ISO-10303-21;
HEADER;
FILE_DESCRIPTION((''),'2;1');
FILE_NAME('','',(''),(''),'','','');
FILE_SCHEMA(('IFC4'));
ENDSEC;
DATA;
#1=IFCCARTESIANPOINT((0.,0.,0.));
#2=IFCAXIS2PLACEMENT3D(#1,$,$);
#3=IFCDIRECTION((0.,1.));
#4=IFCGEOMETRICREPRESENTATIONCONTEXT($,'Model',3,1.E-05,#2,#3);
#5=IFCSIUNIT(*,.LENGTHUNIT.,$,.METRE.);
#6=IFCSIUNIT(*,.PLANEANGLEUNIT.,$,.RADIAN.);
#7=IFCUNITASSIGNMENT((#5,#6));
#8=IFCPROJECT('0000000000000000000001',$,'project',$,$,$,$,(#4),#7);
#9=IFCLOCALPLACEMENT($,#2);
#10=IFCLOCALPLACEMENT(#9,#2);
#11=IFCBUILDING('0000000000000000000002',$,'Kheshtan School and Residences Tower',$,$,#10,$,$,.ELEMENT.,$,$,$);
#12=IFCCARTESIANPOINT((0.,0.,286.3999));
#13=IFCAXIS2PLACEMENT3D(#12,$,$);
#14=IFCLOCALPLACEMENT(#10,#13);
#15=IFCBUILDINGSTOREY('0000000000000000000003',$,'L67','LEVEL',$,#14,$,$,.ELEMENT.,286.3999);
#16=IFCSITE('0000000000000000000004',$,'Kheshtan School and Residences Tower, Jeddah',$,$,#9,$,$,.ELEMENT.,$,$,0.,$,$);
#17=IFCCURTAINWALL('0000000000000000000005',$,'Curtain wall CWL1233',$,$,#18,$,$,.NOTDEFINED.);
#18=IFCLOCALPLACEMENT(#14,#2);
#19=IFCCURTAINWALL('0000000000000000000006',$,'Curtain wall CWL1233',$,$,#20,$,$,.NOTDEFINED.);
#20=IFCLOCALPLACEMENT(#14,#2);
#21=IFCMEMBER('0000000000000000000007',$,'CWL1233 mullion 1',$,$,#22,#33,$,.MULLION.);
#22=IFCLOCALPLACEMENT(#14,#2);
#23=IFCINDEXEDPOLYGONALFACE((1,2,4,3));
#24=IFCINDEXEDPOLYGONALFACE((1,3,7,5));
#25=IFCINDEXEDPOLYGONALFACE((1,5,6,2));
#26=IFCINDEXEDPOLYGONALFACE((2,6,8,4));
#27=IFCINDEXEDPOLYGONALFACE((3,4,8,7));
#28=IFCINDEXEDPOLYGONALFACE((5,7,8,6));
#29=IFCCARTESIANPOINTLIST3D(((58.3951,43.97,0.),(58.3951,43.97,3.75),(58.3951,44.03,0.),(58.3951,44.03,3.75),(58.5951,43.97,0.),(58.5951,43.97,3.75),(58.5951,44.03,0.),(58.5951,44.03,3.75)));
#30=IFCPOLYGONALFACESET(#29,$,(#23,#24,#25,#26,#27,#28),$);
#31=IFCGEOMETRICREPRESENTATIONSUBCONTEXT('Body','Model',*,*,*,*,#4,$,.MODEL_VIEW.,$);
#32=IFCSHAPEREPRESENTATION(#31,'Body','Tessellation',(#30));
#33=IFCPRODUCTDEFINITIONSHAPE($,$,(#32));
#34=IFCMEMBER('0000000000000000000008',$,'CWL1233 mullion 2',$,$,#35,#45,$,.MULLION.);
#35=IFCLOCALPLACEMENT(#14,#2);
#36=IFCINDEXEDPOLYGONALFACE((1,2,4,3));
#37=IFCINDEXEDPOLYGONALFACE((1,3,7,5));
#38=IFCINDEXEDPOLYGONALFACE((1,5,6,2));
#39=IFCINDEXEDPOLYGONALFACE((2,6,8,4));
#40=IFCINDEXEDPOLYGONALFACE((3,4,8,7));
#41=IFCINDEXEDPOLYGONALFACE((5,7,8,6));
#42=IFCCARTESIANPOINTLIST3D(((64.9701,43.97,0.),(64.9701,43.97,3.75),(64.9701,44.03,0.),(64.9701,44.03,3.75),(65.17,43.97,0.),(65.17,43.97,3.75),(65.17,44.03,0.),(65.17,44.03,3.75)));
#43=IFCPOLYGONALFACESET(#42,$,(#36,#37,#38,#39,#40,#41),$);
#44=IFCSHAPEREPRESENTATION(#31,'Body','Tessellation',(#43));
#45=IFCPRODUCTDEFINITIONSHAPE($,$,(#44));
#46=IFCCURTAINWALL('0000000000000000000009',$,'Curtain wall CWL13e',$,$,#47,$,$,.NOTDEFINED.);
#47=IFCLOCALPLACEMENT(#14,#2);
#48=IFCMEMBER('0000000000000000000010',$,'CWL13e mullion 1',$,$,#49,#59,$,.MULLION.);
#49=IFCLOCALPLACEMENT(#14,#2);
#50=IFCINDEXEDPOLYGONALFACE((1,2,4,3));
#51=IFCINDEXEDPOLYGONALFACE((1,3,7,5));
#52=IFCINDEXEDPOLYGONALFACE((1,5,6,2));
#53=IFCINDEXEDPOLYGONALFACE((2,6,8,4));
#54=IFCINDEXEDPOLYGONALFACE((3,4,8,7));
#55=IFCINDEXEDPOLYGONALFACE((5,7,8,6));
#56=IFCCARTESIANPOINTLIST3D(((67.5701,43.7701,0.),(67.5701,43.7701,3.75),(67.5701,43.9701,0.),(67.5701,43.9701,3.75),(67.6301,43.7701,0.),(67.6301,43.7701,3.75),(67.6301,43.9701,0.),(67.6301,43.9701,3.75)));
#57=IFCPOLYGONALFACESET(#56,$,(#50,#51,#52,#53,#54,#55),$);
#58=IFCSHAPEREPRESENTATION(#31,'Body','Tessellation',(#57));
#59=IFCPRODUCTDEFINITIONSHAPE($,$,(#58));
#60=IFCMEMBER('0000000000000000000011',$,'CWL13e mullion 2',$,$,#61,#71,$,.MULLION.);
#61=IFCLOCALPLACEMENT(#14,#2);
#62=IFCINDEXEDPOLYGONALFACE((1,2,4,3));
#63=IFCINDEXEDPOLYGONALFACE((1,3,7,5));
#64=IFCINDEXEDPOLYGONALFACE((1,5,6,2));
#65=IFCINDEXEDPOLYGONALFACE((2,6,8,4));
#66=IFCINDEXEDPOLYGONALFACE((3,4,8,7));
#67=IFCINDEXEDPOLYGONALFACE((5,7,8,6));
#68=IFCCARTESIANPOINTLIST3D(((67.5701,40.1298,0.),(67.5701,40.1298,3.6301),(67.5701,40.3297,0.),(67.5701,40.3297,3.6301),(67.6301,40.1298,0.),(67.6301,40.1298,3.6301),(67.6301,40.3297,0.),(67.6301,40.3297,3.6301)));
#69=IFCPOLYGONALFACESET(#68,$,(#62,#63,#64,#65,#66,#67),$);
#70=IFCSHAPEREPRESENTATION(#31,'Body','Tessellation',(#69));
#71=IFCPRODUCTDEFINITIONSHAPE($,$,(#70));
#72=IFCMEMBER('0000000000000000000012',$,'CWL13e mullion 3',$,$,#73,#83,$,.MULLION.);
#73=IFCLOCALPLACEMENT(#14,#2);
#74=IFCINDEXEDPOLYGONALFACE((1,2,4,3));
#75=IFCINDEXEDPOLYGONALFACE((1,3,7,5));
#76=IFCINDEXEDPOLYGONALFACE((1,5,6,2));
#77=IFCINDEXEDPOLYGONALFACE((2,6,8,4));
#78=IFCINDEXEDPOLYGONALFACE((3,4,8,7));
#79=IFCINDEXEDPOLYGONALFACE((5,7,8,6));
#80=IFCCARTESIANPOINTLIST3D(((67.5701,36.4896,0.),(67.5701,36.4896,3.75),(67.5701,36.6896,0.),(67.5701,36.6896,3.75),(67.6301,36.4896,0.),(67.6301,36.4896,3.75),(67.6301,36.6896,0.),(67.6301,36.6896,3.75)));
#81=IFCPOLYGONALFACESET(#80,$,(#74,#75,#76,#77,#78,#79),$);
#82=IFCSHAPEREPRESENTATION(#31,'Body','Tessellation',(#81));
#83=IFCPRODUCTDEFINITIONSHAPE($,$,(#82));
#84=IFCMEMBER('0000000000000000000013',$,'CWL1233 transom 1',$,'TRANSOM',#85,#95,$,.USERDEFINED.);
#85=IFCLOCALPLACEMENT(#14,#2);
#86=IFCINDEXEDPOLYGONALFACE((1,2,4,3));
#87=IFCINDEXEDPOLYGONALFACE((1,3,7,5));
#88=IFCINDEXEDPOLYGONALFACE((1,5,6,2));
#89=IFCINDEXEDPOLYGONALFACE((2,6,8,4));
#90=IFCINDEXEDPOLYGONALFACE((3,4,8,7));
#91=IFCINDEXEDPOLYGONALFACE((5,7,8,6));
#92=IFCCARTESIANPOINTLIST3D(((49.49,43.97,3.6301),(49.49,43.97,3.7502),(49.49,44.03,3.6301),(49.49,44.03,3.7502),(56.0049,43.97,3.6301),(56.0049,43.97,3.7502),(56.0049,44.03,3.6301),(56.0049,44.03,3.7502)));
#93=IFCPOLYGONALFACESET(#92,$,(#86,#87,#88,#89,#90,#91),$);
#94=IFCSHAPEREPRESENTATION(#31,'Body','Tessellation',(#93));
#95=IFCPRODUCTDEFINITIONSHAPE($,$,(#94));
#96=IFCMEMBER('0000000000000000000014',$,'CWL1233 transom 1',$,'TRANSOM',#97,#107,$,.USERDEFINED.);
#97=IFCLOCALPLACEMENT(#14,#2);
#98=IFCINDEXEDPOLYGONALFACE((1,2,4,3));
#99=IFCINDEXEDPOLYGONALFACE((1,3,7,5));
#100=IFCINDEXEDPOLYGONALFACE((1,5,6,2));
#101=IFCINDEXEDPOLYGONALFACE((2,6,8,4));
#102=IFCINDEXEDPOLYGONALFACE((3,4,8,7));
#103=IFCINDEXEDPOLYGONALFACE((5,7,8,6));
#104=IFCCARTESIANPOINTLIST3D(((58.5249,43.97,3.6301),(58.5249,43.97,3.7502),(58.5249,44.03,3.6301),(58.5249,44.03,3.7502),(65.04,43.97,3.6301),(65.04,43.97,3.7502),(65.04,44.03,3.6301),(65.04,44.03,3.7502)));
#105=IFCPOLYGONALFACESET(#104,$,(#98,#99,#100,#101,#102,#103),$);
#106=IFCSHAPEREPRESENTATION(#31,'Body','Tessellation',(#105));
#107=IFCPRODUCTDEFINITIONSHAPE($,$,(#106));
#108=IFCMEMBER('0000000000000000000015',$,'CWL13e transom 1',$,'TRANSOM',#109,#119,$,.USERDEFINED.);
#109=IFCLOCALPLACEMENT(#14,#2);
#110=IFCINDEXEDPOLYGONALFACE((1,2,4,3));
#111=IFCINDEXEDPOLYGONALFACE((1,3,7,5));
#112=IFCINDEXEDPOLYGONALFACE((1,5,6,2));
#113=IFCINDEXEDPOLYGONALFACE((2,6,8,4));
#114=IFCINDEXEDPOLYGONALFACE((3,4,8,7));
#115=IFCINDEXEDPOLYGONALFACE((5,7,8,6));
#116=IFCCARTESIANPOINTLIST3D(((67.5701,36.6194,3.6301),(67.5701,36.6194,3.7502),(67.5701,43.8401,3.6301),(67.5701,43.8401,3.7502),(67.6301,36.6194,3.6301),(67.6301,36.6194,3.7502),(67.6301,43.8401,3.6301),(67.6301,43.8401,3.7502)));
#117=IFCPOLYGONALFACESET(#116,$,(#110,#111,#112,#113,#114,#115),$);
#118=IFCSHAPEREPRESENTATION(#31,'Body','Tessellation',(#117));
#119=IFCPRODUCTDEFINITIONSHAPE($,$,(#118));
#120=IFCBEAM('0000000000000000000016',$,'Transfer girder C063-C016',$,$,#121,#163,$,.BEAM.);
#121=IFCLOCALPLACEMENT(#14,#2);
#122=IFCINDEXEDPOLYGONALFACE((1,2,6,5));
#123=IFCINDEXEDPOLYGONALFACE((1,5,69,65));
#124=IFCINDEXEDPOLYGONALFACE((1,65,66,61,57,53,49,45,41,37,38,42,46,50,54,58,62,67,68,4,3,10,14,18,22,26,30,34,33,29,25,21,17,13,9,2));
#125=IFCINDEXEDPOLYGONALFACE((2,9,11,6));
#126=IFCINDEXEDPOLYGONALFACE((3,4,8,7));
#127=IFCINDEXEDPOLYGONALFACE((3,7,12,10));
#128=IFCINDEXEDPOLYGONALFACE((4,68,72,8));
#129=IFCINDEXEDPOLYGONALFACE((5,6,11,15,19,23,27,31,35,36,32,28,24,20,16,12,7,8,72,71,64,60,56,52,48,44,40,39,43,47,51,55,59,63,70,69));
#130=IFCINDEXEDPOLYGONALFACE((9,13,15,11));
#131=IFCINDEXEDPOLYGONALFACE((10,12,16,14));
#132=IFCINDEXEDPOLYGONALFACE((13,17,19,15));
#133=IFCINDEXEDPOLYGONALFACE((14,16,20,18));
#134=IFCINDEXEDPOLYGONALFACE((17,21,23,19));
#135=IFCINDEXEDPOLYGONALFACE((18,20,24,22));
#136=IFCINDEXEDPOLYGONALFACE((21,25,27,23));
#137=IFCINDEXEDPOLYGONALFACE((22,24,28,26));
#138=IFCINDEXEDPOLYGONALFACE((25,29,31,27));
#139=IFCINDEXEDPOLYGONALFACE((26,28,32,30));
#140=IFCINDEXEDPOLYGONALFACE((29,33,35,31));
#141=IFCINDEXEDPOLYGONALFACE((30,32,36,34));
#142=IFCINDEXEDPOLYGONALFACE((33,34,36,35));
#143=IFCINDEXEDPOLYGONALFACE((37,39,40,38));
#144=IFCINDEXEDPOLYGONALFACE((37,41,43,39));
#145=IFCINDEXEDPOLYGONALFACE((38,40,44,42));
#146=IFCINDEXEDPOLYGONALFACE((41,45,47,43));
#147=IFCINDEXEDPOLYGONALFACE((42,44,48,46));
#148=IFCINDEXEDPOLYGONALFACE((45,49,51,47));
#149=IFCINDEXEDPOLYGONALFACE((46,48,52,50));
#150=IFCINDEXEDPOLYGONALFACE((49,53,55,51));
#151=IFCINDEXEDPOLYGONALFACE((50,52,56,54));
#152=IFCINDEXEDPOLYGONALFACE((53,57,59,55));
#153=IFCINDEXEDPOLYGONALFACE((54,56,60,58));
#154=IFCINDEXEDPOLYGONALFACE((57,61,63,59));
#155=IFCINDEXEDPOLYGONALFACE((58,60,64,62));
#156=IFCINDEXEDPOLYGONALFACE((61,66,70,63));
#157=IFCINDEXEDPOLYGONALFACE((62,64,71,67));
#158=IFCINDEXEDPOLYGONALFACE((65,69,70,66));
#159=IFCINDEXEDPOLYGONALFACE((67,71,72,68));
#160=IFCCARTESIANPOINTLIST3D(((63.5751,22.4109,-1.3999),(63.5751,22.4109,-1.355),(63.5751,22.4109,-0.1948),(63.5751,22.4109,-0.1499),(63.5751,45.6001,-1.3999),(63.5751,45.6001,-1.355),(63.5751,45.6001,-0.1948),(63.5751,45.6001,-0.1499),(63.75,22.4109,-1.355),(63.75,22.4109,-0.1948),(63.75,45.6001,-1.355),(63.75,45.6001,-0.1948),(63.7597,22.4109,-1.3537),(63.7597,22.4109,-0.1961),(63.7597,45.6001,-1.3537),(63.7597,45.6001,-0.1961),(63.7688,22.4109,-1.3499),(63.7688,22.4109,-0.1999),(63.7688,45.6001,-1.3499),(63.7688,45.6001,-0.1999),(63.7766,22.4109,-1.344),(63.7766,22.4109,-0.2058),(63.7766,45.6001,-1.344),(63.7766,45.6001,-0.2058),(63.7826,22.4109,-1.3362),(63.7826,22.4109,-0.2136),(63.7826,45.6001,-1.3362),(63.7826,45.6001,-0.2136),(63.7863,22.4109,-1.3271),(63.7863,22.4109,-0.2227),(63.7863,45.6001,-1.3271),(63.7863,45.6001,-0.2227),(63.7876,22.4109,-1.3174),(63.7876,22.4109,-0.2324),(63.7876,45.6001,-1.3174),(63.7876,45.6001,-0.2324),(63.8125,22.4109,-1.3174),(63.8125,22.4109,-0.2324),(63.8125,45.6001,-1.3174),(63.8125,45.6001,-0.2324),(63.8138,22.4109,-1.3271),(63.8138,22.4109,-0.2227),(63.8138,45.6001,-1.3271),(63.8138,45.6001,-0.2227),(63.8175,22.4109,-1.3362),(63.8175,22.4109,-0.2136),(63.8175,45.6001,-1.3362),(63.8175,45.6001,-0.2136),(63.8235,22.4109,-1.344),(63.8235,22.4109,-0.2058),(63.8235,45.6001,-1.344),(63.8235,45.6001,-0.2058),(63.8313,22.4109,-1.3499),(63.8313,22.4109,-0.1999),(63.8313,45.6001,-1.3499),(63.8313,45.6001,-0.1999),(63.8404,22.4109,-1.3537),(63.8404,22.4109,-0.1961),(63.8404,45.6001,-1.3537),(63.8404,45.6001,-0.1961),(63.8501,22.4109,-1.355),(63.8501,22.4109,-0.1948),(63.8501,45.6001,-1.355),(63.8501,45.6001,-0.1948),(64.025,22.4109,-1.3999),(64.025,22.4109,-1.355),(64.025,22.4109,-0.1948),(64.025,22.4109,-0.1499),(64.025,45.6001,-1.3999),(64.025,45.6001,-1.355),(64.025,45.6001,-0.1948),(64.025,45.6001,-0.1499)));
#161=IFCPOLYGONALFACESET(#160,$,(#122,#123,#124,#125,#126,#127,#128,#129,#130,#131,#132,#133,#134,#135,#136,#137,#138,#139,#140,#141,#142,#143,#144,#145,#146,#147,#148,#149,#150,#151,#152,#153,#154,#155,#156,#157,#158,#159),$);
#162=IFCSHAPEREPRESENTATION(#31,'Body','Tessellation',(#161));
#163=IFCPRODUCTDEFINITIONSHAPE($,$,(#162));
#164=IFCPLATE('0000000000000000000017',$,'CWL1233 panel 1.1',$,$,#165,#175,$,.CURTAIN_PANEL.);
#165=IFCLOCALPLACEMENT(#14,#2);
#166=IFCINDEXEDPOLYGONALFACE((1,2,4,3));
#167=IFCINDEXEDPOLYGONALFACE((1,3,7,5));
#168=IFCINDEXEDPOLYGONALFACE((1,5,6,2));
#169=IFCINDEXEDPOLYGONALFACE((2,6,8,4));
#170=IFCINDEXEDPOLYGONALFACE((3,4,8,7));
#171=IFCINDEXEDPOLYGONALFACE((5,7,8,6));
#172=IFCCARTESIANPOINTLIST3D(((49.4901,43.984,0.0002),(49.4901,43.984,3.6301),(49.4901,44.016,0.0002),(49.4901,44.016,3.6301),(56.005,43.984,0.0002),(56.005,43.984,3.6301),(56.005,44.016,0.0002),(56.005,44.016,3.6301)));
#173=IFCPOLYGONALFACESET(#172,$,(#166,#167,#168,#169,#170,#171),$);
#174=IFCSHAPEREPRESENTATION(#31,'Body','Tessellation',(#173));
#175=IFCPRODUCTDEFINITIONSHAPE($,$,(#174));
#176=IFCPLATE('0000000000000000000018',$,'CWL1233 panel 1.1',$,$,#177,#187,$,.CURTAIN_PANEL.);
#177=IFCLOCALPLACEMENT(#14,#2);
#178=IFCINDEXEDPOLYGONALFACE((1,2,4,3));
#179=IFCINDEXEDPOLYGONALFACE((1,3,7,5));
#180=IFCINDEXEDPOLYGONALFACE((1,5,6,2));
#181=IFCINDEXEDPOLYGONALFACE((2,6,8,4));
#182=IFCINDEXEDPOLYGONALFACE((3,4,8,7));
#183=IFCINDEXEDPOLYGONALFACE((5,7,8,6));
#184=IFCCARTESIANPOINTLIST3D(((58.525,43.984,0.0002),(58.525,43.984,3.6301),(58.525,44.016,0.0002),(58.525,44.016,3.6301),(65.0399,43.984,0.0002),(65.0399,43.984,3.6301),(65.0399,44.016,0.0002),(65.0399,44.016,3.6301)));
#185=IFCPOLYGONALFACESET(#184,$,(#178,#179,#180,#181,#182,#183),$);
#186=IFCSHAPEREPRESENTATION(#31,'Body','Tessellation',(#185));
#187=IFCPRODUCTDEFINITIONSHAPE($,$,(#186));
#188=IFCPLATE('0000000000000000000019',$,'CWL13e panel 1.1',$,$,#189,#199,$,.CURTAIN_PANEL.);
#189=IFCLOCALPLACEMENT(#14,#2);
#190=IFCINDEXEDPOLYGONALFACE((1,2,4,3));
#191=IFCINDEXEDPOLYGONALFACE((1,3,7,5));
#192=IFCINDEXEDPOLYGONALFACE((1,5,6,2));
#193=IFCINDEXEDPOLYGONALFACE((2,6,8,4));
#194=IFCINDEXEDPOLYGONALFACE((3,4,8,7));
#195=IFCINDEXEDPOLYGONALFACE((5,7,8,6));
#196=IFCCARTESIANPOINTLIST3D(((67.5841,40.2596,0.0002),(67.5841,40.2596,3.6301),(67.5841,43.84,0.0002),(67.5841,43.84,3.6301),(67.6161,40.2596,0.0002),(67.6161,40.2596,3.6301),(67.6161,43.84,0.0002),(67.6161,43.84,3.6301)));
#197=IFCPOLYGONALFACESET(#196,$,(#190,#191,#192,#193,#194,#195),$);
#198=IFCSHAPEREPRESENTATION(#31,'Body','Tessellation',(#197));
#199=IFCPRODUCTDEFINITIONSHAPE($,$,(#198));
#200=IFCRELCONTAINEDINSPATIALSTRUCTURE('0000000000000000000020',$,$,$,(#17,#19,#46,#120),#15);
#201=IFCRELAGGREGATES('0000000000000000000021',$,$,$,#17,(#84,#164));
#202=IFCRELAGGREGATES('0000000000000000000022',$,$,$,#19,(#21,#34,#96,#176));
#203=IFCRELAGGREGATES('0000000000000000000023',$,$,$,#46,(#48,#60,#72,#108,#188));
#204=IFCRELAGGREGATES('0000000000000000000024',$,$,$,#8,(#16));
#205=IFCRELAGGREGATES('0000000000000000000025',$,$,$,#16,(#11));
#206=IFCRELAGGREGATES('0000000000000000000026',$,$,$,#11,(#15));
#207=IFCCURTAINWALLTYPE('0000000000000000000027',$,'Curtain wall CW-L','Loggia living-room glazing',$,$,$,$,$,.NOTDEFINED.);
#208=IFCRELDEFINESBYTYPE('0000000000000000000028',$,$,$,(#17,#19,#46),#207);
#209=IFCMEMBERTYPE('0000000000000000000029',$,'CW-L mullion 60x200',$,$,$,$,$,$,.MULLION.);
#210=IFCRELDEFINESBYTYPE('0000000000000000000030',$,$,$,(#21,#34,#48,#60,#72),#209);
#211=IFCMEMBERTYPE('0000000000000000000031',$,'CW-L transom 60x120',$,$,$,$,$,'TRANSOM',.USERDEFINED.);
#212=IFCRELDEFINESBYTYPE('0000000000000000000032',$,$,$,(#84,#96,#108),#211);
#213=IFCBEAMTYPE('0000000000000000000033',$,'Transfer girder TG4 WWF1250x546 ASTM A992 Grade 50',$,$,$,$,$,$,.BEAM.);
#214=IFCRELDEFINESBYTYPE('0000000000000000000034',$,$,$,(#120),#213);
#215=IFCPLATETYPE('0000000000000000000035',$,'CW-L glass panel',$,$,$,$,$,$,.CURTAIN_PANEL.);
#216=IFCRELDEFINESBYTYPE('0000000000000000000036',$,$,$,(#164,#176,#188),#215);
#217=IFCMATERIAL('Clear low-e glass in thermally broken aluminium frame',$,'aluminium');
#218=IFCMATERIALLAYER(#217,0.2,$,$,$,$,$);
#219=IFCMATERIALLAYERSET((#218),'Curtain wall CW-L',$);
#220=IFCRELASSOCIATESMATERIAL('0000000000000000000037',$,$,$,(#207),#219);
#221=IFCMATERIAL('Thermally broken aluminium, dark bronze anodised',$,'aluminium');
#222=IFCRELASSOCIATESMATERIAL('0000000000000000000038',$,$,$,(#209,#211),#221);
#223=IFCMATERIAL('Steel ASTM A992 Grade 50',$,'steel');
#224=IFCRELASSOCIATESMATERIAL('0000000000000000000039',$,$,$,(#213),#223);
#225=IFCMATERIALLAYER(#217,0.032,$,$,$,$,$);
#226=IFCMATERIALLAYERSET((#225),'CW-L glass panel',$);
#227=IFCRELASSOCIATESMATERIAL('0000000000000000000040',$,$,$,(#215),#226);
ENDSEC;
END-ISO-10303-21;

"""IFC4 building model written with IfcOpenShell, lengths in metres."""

from ifc_helpers import new_model, si_unit, direction, frame, origin, origin_2d, place, context, subcontext, project, spatial, rectangle, i_section, extrude, material, layer, layer_set, material_profile, profile_set, type_object, element, aggregate, save


model = new_model("IFC4")

# Units and contexts
model_context = context("Model", 3, precision=1e-05, world=origin(), true_north=direction((0.0, 1.0)))
body_context = subcontext(model_context, "Body", "Model", "MODEL_VIEW")
ifc_project = project(units=[si_unit("LENGTHUNIT", "METRE"), si_unit("PLANEANGLEUNIT", "RADIAN")], contexts=[model_context])

# Site, building, storey
site_placement = place(None, origin())
site = spatial("IfcSite", under=ifc_project, at=site_placement, Name="Kheshtan School and Residences Tower, Jeddah", CompositionType="ELEMENT", RefElevation=0.0)
building_placement = place(site_placement, origin())
building = spatial("IfcBuilding", under=site, at=building_placement, Name="Kheshtan School and Residences Tower", CompositionType="ELEMENT")
storey_placement = place(building_placement, frame((0.0, 0.0, 286.3999)))
storey = spatial("IfcBuildingStorey", under=building, at=storey_placement, Name="L67", Description="LEVEL", CompositionType="ELEMENT", Elevation=286.3999)

# Shared definitions
ifc_material_1 = material(Name="Steel ASTM A992 Grade 50", Category="steel")

# Curtain walls, members
ifc_material_2 = material(Name="Clear low-e glass in thermally broken aluminium frame", Category="aluminium")
ifc_layer_1 = layer(ifc_material_2, 0.2)
ifc_layer_set_1 = layer_set([ifc_layer_1], Name="Curtain wall CW-L")
curtain_wall_type = type_object("IfcCurtainWallType", Name="Curtain wall CW-L", Description="Loggia living-room glazing", PredefinedType="NOTDEFINED", material=ifc_layer_set_1)
curtain_wall_1_placement = place(storey_placement, origin())
curtain_wall_1 = element("IfcCurtainWall", 1, at=curtain_wall_1_placement, inside=storey, type_object=curtain_wall_type, Name="Curtain wall CWL1233", PredefinedType="NOTDEFINED")
ifc_material_3 = material(Name="Thermally broken aluminium, dark bronze anodised", Category="aluminium")
ifc_material_profile_1 = material_profile(ifc_material_3, rectangle(XDim=0.0601, YDim=0.2, at=origin_2d()), Name="CW-L mullion 60x200")
ifc_profile_set_1 = profile_set([ifc_material_profile_1], Name="Thermally broken aluminium, dark bronze anodised")
member_type_1 = type_object("IfcMemberType", Name="CW-L mullion 60x200", PredefinedType="MULLION", material=ifc_profile_set_1)
curtain_wall_2_placement = place(storey_placement, origin())
curtain_wall_2 = element("IfcCurtainWall", 2, at=curtain_wall_2_placement, inside=storey, type_object=curtain_wall_type, Name="Curtain wall CWL1233", PredefinedType="NOTDEFINED")
member_1_placement = place(storey_placement, frame((58.4951, 44.0, 0.0), z_axis=(0.0, 0.0, 1.0), x_axis=(0.0, 1.0, 0.0)))
member_1 = element("IfcMember", 3, at=member_1_placement, type_object=member_type_1, Name="CWL1233 mullion 1", PredefinedType="MULLION", context=body_context, shape_type="SweptSolid", body=[
    extrude(rectangle(XDim=0.0601, YDim=0.2, at=origin_2d()), origin(), (0.0, 0.0, 1.0), 3.75),
])
member_2_placement = place(storey_placement, frame((65.0701, 44.0, 0.0), z_axis=(0.0, 0.0, 1.0), x_axis=(0.0, 1.0, 0.0)))
member_2 = element("IfcMember", 4, at=member_2_placement, type_object=member_type_1, Name="CWL1233 mullion 2", PredefinedType="MULLION", context=body_context, shape_type="SweptSolid", body=[
    extrude(rectangle(XDim=0.0601, YDim=0.2, at=origin_2d()), origin(), (0.0, 0.0, 1.0), 3.75),
])
curtain_wall_3_placement = place(storey_placement, origin())
curtain_wall_3 = element("IfcCurtainWall", 5, at=curtain_wall_3_placement, inside=storey, type_object=curtain_wall_type, Name="Curtain wall CWL13e", PredefinedType="NOTDEFINED")
member_3_placement = place(storey_placement, frame((67.6001, 43.8701, 0.0), z_axis=(0.0, 0.0, 1.0), x_axis=(1.0, 0.0, 0.0)))
member_3 = element("IfcMember", 6, at=member_3_placement, type_object=member_type_1, Name="CWL13e mullion 1", PredefinedType="MULLION", context=body_context, shape_type="SweptSolid", body=[
    extrude(rectangle(XDim=0.0601, YDim=0.2, at=origin_2d()), origin(), (0.0, 0.0, 1.0), 3.75),
])
member_4_placement = place(storey_placement, frame((67.6001, 40.2297, 0.0), z_axis=(0.0, 0.0, 1.0), x_axis=(1.0, 0.0, 0.0)))
member_4 = element("IfcMember", 7, at=member_4_placement, type_object=member_type_1, Name="CWL13e mullion 2", PredefinedType="MULLION", context=body_context, shape_type="SweptSolid", body=[
    extrude(rectangle(XDim=0.0601, YDim=0.2, at=origin_2d()), origin(), (0.0, 0.0, 1.0), 3.6301),
])
member_5_placement = place(storey_placement, frame((67.6001, 36.5896, 0.0), z_axis=(0.0, 0.0, 1.0), x_axis=(1.0, 0.0, 0.0)))
member_5 = element("IfcMember", 8, at=member_5_placement, type_object=member_type_1, Name="CWL13e mullion 3", PredefinedType="MULLION", context=body_context, shape_type="SweptSolid", body=[
    extrude(rectangle(XDim=0.0601, YDim=0.2, at=origin_2d()), origin(), (0.0, 0.0, 1.0), 3.75),
])

# Members
ifc_material_profile_2 = material_profile(ifc_material_3, rectangle(XDim=0.0601, YDim=0.1201, at=origin_2d()), Name="CW-L transom 60x120")
ifc_profile_set_2 = profile_set([ifc_material_profile_2], Name="Thermally broken aluminium, dark bronze anodised")
member_type_2 = type_object("IfcMemberType", Name="CW-L transom 60x120", ElementType="TRANSOM", PredefinedType="USERDEFINED", material=ifc_profile_set_2)
member_6_placement = place(storey_placement, frame((49.49, 44.0, 3.6902), z_axis=(1.0, 0.0, 0.0), x_axis=(0.0, 1.0, 0.0)))
member_6 = element("IfcMember", 9, at=member_6_placement, type_object=member_type_2, Name="CWL1233 transom 1", ObjectType="TRANSOM", PredefinedType="USERDEFINED", context=body_context, shape_type="SweptSolid", body=[
    extrude(rectangle(XDim=0.0601, YDim=0.1201, at=origin_2d()), origin(), (0.0, 0.0, 1.0), 6.5149),
])
member_7_placement = place(storey_placement, frame((58.5249, 44.0, 3.6902), z_axis=(1.0, 0.0, 0.0), x_axis=(0.0, 1.0, 0.0)))
member_7 = element("IfcMember", 10, at=member_7_placement, type_object=member_type_2, Name="CWL1233 transom 1", ObjectType="TRANSOM", PredefinedType="USERDEFINED", context=body_context, shape_type="SweptSolid", body=[
    extrude(rectangle(XDim=0.0601, YDim=0.1201, at=origin_2d()), origin(), (0.0, 0.0, 1.0), 6.5151),
])
member_8_placement = place(storey_placement, frame((67.6001, 43.8401, 3.6902), z_axis=(0.0, -1.0, 0.0), x_axis=(1.0, 0.0, 0.0)))
member_8 = element("IfcMember", 11, at=member_8_placement, type_object=member_type_2, Name="CWL13e transom 1", ObjectType="TRANSOM", PredefinedType="USERDEFINED", context=body_context, shape_type="SweptSolid", body=[
    extrude(rectangle(XDim=0.0601, YDim=0.1201, at=origin_2d()), origin(), (0.0, 0.0, 1.0), 7.2207),
])

# Beam
ifc_material_profile_3 = material_profile(ifc_material_1, i_section(OverallWidth=0.45, OverallDepth=1.25, WebThickness=0.0249, FlangeThickness=0.0449, FilletRadius=0.0376, at=origin_2d()), Name="WWF1250x546")
ifc_profile_set_3 = profile_set([ifc_material_profile_3], Name="Steel ASTM A992 Grade 50")
beam_type_1 = type_object("IfcBeamType", Name="Transfer girder TG4 WWF1250x546 ASTM A992 Grade 50", PredefinedType="BEAM", material=ifc_profile_set_3)
beam_1_placement = place(storey_placement, frame((63.8, 45.6001, -0.7749), z_axis=(0.0, -1.0, 0.0), x_axis=(1.0, 0.0, 0.0)))
element("IfcBeam", 12, at=beam_1_placement, inside=storey, type_object=beam_type_1, Name="Transfer girder C063-C016", PredefinedType="BEAM", context=body_context, shape_type="SweptSolid", body=[
    extrude(i_section(OverallWidth=0.45, OverallDepth=1.25, WebThickness=0.0249, FlangeThickness=0.0449, FilletRadius=0.0376, at=origin_2d()), origin(), (0.0, 0.0, 1.0), 23.1892),
])

# Plates
ifc_layer_2 = layer(ifc_material_2, 0.032)
ifc_layer_set_2 = layer_set([ifc_layer_2], Name="CW-L glass panel")
plate_type = type_object("IfcPlateType", Name="CW-L glass panel", PredefinedType="CURTAIN_PANEL", material=ifc_layer_set_2)
plate_1_placement = place(storey_placement, frame((52.7476, 44.0, 0.0002), z_axis=(0.0, 0.0, 1.0), x_axis=(1.0, 0.0, 0.0)))
plate_1 = element("IfcPlate", 13, at=plate_1_placement, type_object=plate_type, Name="CWL1233 panel 1.1", PredefinedType="CURTAIN_PANEL", context=body_context, shape_type="SweptSolid", body=[
    extrude(rectangle(XDim=6.5149, YDim=0.032, at=origin_2d()), origin(), (0.0, 0.0, 1.0), 3.6299),
])
aggregate(curtain_wall_1, [member_6, plate_1])
plate_2_placement = place(storey_placement, frame((61.7825, 44.0, 0.0002), z_axis=(0.0, 0.0, 1.0), x_axis=(1.0, 0.0, 0.0)))
plate_2 = element("IfcPlate", 14, at=plate_2_placement, type_object=plate_type, Name="CWL1233 panel 1.1", PredefinedType="CURTAIN_PANEL", context=body_context, shape_type="SweptSolid", body=[
    extrude(rectangle(XDim=6.5149, YDim=0.032, at=origin_2d()), origin(), (0.0, 0.0, 1.0), 3.6299),
])
aggregate(curtain_wall_2, [member_1, member_2, member_7, plate_2])
plate_3_placement = place(storey_placement, frame((67.6001, 42.0498, 0.0002), z_axis=(0.0, 0.0, 1.0), x_axis=(0.0, -1.0, 0.0)))
plate_3 = element("IfcPlate", 15, at=plate_3_placement, type_object=plate_type, Name="CWL13e panel 1.1", PredefinedType="CURTAIN_PANEL", context=body_context, shape_type="SweptSolid", body=[
    extrude(rectangle(XDim=3.5803, YDim=0.032, at=origin_2d()), origin(), (0.0, 0.0, 1.0), 3.6299),
])
aggregate(curtain_wall_3, [member_3, member_4, member_5, member_8, plate_3])

save(model, "model.ifc")
